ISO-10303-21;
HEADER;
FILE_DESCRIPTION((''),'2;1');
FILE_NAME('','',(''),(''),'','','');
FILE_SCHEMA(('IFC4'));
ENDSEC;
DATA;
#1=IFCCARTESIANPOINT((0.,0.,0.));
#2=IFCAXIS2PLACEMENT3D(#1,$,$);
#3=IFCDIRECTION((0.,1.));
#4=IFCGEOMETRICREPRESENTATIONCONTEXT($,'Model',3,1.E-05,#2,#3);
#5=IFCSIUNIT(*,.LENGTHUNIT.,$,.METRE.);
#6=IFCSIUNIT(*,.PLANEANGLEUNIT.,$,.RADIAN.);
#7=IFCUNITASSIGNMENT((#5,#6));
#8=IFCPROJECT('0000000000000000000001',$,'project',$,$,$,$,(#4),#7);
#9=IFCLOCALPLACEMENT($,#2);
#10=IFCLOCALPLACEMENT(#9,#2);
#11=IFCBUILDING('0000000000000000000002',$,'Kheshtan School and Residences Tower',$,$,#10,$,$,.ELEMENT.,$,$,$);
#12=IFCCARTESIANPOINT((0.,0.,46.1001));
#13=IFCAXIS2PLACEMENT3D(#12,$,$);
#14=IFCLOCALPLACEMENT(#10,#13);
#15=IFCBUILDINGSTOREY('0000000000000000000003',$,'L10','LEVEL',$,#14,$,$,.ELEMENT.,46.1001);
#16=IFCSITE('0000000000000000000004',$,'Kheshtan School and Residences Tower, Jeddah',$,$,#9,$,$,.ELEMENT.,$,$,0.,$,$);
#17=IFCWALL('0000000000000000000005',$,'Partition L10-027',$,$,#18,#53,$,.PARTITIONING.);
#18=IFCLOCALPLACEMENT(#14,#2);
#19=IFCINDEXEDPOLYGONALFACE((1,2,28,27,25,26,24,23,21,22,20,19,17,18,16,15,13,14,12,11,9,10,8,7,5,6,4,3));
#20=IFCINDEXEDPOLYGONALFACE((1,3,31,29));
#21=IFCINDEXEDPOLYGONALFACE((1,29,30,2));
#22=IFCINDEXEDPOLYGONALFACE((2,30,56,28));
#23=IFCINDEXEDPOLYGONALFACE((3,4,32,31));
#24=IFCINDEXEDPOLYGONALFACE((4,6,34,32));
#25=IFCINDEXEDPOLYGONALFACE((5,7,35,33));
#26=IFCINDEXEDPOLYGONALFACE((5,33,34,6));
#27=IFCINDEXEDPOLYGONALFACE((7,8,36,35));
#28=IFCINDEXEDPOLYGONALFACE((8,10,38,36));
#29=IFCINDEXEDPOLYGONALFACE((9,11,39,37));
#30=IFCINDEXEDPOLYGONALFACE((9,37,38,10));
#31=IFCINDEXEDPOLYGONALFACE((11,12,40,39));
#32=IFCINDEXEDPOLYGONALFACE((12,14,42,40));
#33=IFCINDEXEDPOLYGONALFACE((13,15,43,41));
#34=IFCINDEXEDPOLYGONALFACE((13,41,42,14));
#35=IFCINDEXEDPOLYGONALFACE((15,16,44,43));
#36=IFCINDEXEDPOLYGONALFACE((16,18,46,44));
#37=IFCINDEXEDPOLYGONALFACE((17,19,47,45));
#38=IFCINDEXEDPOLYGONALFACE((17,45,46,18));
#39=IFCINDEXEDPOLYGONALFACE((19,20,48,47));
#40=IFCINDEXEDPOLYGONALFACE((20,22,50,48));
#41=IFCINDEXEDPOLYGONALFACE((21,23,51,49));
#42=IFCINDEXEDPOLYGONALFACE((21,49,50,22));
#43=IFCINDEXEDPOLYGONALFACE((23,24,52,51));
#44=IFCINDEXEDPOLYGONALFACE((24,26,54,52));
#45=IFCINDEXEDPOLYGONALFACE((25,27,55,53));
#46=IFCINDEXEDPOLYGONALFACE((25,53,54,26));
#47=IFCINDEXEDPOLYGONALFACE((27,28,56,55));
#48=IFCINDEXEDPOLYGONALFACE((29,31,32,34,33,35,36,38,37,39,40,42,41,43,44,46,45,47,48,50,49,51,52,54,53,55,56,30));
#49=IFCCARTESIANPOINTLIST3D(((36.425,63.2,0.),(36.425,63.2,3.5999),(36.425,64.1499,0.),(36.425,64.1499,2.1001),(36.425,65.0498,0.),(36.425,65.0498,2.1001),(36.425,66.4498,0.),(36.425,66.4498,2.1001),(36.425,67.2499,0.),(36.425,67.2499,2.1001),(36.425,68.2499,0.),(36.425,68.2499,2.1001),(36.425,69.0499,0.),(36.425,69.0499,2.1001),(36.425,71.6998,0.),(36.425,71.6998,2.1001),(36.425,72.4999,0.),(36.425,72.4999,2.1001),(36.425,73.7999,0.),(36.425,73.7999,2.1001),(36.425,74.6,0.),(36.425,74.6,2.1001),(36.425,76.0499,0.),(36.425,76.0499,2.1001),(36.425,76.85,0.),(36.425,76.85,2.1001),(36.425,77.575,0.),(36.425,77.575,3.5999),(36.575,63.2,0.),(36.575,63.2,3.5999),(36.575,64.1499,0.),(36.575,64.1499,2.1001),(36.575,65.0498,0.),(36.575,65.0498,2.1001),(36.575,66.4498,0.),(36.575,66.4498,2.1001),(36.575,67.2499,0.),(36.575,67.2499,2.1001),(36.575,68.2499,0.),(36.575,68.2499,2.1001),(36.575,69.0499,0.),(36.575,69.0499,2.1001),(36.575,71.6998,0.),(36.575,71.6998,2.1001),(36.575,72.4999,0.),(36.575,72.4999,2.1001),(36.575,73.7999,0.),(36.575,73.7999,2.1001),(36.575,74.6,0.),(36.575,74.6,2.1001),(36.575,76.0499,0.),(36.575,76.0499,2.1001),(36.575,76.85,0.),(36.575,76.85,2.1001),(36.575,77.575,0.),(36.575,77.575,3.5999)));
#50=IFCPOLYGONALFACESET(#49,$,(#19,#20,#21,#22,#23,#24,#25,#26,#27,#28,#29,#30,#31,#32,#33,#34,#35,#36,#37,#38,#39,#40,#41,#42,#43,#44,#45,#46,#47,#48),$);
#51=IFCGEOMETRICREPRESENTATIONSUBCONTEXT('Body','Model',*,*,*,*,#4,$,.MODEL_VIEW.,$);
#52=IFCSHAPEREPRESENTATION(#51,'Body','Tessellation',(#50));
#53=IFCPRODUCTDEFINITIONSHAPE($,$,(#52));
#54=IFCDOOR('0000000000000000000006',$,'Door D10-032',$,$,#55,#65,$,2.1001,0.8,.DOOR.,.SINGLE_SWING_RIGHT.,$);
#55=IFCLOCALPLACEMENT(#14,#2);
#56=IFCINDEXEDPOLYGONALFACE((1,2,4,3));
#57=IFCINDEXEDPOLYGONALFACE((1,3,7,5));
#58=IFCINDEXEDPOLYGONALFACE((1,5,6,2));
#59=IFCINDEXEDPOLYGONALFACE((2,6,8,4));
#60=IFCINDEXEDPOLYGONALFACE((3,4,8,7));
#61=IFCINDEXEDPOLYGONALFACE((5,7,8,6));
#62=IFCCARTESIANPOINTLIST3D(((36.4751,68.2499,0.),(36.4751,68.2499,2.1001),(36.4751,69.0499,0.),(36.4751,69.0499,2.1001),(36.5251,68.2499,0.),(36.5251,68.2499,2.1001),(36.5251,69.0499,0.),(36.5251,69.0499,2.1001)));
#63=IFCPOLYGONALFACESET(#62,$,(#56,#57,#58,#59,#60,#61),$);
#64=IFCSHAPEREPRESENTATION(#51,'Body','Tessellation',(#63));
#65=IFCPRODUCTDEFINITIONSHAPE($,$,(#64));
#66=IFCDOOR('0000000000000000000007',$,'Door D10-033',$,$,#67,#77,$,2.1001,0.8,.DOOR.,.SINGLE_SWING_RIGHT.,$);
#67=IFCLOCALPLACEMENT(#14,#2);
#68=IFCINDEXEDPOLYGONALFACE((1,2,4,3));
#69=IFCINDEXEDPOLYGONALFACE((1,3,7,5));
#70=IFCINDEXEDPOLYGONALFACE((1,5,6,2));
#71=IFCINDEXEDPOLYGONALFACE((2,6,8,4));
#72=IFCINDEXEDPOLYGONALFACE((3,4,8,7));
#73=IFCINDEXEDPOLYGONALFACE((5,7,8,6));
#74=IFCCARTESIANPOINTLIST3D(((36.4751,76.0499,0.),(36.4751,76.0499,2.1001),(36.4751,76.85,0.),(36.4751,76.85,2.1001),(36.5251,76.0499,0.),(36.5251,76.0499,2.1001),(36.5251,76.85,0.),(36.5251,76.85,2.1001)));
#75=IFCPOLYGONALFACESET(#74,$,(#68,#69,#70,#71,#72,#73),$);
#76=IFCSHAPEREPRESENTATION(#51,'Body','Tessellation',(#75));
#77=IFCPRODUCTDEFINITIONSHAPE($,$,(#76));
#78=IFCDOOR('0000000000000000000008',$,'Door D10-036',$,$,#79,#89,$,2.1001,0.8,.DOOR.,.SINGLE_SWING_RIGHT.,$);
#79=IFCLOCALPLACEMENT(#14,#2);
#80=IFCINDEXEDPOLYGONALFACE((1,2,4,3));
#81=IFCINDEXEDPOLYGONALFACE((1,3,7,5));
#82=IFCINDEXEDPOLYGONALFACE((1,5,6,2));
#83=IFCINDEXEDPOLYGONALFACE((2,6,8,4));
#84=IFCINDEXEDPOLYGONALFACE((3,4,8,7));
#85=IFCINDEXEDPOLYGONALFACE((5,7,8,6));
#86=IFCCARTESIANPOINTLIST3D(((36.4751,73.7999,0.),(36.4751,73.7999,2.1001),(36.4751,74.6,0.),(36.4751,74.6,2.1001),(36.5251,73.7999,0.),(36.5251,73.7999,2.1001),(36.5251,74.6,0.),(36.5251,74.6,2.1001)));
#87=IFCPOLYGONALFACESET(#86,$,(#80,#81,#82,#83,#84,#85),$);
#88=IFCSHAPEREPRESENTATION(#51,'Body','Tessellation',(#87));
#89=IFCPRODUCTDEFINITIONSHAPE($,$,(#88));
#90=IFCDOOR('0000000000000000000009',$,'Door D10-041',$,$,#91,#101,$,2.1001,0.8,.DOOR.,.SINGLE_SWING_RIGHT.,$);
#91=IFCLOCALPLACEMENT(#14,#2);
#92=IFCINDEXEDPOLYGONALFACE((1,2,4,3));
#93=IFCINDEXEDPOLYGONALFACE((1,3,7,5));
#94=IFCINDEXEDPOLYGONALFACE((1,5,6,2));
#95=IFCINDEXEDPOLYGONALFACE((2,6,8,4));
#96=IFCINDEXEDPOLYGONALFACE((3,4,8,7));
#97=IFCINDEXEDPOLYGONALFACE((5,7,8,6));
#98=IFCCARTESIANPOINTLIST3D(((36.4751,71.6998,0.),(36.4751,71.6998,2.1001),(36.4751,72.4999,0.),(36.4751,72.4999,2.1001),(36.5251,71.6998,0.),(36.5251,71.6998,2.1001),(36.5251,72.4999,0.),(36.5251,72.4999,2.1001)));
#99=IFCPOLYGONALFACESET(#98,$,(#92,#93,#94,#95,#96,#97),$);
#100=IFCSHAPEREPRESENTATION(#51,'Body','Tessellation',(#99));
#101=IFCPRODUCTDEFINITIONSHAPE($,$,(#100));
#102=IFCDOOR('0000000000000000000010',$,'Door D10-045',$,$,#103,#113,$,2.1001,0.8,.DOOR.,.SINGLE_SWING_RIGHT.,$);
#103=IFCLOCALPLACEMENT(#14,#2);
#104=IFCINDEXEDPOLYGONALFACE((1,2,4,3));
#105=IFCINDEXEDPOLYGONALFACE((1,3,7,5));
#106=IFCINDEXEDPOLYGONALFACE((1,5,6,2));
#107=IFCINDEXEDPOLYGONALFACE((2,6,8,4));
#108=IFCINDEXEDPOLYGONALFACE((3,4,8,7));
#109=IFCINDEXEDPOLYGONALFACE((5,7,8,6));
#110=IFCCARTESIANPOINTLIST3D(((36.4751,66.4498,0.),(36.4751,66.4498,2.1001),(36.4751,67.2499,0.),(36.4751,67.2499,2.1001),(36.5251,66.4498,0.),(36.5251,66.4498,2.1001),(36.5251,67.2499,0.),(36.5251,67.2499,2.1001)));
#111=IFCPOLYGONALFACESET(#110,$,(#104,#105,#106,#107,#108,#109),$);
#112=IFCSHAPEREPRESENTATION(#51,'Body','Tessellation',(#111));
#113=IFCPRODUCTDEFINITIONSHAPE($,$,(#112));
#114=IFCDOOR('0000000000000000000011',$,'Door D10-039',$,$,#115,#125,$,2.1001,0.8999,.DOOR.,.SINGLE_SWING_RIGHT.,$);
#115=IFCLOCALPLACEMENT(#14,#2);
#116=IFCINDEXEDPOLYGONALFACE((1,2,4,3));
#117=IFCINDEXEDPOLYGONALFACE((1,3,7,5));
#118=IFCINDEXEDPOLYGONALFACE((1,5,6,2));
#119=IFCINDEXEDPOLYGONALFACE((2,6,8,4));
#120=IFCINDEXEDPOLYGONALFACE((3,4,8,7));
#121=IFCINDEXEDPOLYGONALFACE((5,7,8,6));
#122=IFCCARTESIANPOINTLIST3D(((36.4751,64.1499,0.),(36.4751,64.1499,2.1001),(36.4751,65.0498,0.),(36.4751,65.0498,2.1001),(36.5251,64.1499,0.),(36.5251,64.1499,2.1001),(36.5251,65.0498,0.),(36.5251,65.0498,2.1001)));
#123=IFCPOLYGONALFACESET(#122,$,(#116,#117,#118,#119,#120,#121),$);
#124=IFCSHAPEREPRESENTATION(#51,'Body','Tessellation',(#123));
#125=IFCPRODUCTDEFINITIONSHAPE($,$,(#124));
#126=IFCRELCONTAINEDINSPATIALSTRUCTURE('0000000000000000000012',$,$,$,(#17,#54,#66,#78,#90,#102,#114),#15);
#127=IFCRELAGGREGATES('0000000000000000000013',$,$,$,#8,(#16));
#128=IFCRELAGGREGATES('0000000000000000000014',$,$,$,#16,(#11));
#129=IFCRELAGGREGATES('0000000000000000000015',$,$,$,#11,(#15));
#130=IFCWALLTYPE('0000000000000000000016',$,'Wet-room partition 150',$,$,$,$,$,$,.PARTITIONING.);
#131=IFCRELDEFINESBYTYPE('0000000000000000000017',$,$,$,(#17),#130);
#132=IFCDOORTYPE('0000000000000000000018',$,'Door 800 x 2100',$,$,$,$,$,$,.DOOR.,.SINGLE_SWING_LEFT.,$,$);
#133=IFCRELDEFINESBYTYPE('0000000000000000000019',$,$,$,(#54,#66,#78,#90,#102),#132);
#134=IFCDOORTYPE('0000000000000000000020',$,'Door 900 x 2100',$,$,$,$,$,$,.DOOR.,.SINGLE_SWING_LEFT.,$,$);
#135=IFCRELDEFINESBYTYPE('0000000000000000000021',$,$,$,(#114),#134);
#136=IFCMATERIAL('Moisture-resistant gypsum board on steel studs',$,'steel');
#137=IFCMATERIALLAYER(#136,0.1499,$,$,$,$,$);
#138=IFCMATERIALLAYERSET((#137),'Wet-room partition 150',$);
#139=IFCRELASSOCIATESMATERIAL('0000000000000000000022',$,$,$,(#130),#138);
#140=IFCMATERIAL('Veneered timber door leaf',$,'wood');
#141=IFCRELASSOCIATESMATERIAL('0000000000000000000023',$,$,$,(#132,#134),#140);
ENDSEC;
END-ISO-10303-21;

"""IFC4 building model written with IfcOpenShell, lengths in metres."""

from ifc_helpers import new_model, si_unit, direction, frame, frame_2d, origin, place, context, subcontext, project, spatial, rectangle, extrude, source, transform, mapped, material, layer, layer_set, type_object, element, fill, save


model = new_model("IFC4")

# Units and contexts
model_context = context("Model", 3, precision=1e-05, world=origin(), true_north=direction((0.0, 1.0)))
body_context = subcontext(model_context, "Body", "Model", "MODEL_VIEW")
ifc_project = project(units=[si_unit("LENGTHUNIT", "METRE"), si_unit("PLANEANGLEUNIT", "RADIAN")], contexts=[model_context])

# Site, building, storey
site_placement = place(None, origin())
site = spatial("IfcSite", under=ifc_project, at=site_placement, Name="Kheshtan School and Residences Tower, Jeddah", CompositionType="ELEMENT", RefElevation=0.0)
building_placement = place(site_placement, origin())
building = spatial("IfcBuilding", under=site, at=building_placement, Name="Kheshtan School and Residences Tower", CompositionType="ELEMENT")
storey_placement = place(building_placement, frame((0.0, 0.0, 46.1001)))
storey = spatial("IfcBuildingStorey", under=building, at=storey_placement, Name="L10", Description="LEVEL", CompositionType="ELEMENT", Elevation=46.1001)

# Shared definitions
ifc_material_1 = material(Name="Moisture-resistant gypsum board on steel studs", Category="steel")
ifc_layer_1 = layer(ifc_material_1, 0.1499)
ifc_layer_set_1 = layer_set([ifc_layer_1], Name="Wet-room partition 150")
wall_type_1 = type_object("IfcWallType", Name="Wet-room partition 150", PredefinedType="PARTITIONING", material=ifc_layer_set_1)

# Wall, openings, doors
ifc_material_2 = material(Name="Veneered timber door leaf", Category="wood")
door_type_1 = type_object("IfcDoorType", Name="Door 800 x 2100", OperationType="SINGLE_SWING_LEFT", PredefinedType="DOOR", material=ifc_material_2)
shared_shape_1 = source(origin(), body_context, "Body", "SweptSolid", [
    extrude(rectangle(XDim=0.8, YDim=2.1001, at=frame_2d((0.3999, 1.05))), frame((0.0, 0.0249, 0.0), z_axis=(0.0, -1.0, 0.0), x_axis=(1.0, 0.0, 0.0)), (0.0, 0.0, 1.0), 0.05),
])
door_type_2 = type_object("IfcDoorType", Name="Door 900 x 2100", OperationType="SINGLE_SWING_LEFT", PredefinedType="DOOR", material=ifc_material_2)
shared_shape_2 = source(origin(), body_context, "Body", "SweptSolid", [
    extrude(rectangle(XDim=0.8999, YDim=2.1001, at=frame_2d((0.45, 1.05))), frame((0.0, 0.0249, 0.0), z_axis=(0.0, -1.0, 0.0), x_axis=(1.0, 0.0, 0.0)), (0.0, 0.0, 1.0), 0.05),
])
wall_1_placement = place(storey_placement, frame((36.5, 63.2, 0.0), z_axis=(0.0, 0.0, 1.0), x_axis=(0.0, 1.0, 0.0)))
wall_1 = element("IfcWall", 1, at=wall_1_placement, inside=storey, type_object=wall_type_1, Name="Partition L10-027", PredefinedType="PARTITIONING", context=body_context, shape_type="SweptSolid", body=[
    extrude(rectangle(XDim=14.375, YDim=0.1499, at=frame_2d((7.1875, 0.0))), origin(), (0.0, 0.0, 1.0), 3.5999),
])
opening_1_placement = place(wall_1_placement, frame((5.05, 0.0, 0.0)))
opening_1 = element("IfcOpeningElement", 2, at=opening_1_placement, cuts=wall_1, PredefinedType="OPENING", context=body_context, shape_type="SweptSolid", body=[
    extrude(rectangle(XDim=0.8, YDim=2.1001, at=frame_2d((0.3999, 1.05))), frame((0.0, 0.085, 0.0), z_axis=(0.0, -1.0, 0.0), x_axis=(1.0, 0.0, 0.0)), (0.0, 0.0, 1.0), 0.1699),
])
opening_2_placement = place(wall_1_placement, frame((12.8501, 0.0, 0.0)))
opening_2 = element("IfcOpeningElement", 3, at=opening_2_placement, cuts=wall_1, PredefinedType="OPENING", context=body_context, shape_type="SweptSolid", body=[
    extrude(rectangle(XDim=0.8, YDim=2.1001, at=frame_2d((0.3999, 1.05))), frame((0.0, 0.085, 0.0), z_axis=(0.0, -1.0, 0.0), x_axis=(1.0, 0.0, 0.0)), (0.0, 0.0, 1.0), 0.1699),
])
opening_3_placement = place(wall_1_placement, frame((10.6001, 0.0, 0.0)))
opening_3 = element("IfcOpeningElement", 4, at=opening_3_placement, cuts=wall_1, PredefinedType="OPENING", context=body_context, shape_type="SweptSolid", body=[
    extrude(rectangle(XDim=0.8, YDim=2.1001, at=frame_2d((0.3999, 1.05))), frame((0.0, 0.085, 0.0), z_axis=(0.0, -1.0, 0.0), x_axis=(1.0, 0.0, 0.0)), (0.0, 0.0, 1.0), 0.1699),
])
opening_4_placement = place(wall_1_placement, frame((0.95, 0.0, 0.0)))
opening_4 = element("IfcOpeningElement", 5, at=opening_4_placement, cuts=wall_1, PredefinedType="OPENING", context=body_context, shape_type="SweptSolid", body=[
    extrude(rectangle(XDim=0.8999, YDim=2.1001, at=frame_2d((0.45, 1.05))), frame((0.0, 0.085, 0.0), z_axis=(0.0, -1.0, 0.0), x_axis=(1.0, 0.0, 0.0)), (0.0, 0.0, 1.0), 0.1699),
])
opening_5_placement = place(wall_1_placement, frame((8.5, 0.0, 0.0)))
opening_5 = element("IfcOpeningElement", 6, at=opening_5_placement, cuts=wall_1, PredefinedType="OPENING", context=body_context, shape_type="SweptSolid", body=[
    extrude(rectangle(XDim=0.8, YDim=2.1001, at=frame_2d((0.3999, 1.05))), frame((0.0, 0.085, 0.0), z_axis=(0.0, -1.0, 0.0), x_axis=(1.0, 0.0, 0.0)), (0.0, 0.0, 1.0), 0.1699),
])
opening_6_placement = place(wall_1_placement, frame((3.25, 0.0, 0.0)))
opening_6 = element("IfcOpeningElement", 7, at=opening_6_placement, cuts=wall_1, PredefinedType="OPENING", context=body_context, shape_type="SweptSolid", body=[
    extrude(rectangle(XDim=0.8, YDim=2.1001, at=frame_2d((0.3999, 1.05))), frame((0.0, 0.085, 0.0), z_axis=(0.0, -1.0, 0.0), x_axis=(1.0, 0.0, 0.0)), (0.0, 0.0, 1.0), 0.1699),
])
door_1_placement = place(opening_1_placement, origin())
door_1 = element("IfcDoor", 8, at=door_1_placement, inside=storey, type_object=door_type_1, Name="Door D10-032", OperationType="SINGLE_SWING_RIGHT", OverallHeight=2.1001, OverallWidth=0.8, PredefinedType="DOOR", context=body_context, shape_type="MappedRepresentation", body=[
    mapped(shared_shape_1, transform((0.0, 0.0, 0.0), x_axis=(1.0, 0.0, 0.0), y_axis=(0.0, 1.0, 0.0), z_axis=(0.0, 0.0, 1.0), scale=1.0)),
])
fill(opening_1, door_1)
door_2_placement = place(opening_2_placement, origin())
door_2 = element("IfcDoor", 9, at=door_2_placement, inside=storey, type_object=door_type_1, Name="Door D10-033", OperationType="SINGLE_SWING_RIGHT", OverallHeight=2.1001, OverallWidth=0.8, PredefinedType="DOOR", context=body_context, shape_type="MappedRepresentation", body=[
    mapped(shared_shape_1, transform((0.0, 0.0, 0.0), x_axis=(1.0, 0.0, 0.0), y_axis=(0.0, 1.0, 0.0), z_axis=(0.0, 0.0, 1.0), scale=1.0)),
])
fill(opening_2, door_2)
door_3_placement = place(opening_3_placement, origin())
door_3 = element("IfcDoor", 10, at=door_3_placement, inside=storey, type_object=door_type_1, Name="Door D10-036", OperationType="SINGLE_SWING_RIGHT", OverallHeight=2.1001, OverallWidth=0.8, PredefinedType="DOOR", context=body_context, shape_type="MappedRepresentation", body=[
    mapped(shared_shape_1, transform((0.0, 0.0, 0.0), x_axis=(1.0, 0.0, 0.0), y_axis=(0.0, 1.0, 0.0), z_axis=(0.0, 0.0, 1.0), scale=1.0)),
])
fill(opening_3, door_3)
door_4_placement = place(opening_5_placement, origin())
door_4 = element("IfcDoor", 11, at=door_4_placement, inside=storey, type_object=door_type_1, Name="Door D10-041", OperationType="SINGLE_SWING_RIGHT", OverallHeight=2.1001, OverallWidth=0.8, PredefinedType="DOOR", context=body_context, shape_type="MappedRepresentation", body=[
    mapped(shared_shape_1, transform((0.0, 0.0, 0.0), x_axis=(1.0, 0.0, 0.0), y_axis=(0.0, 1.0, 0.0), z_axis=(0.0, 0.0, 1.0), scale=1.0)),
])
fill(opening_5, door_4)
door_5_placement = place(opening_6_placement, origin())
door_5 = element("IfcDoor", 12, at=door_5_placement, inside=storey, type_object=door_type_1, Name="Door D10-045", OperationType="SINGLE_SWING_RIGHT", OverallHeight=2.1001, OverallWidth=0.8, PredefinedType="DOOR", context=body_context, shape_type="MappedRepresentation", body=[
    mapped(shared_shape_1, transform((0.0, 0.0, 0.0), x_axis=(1.0, 0.0, 0.0), y_axis=(0.0, 1.0, 0.0), z_axis=(0.0, 0.0, 1.0), scale=1.0)),
])
fill(opening_6, door_5)
door_6_placement = place(opening_4_placement, origin())
door_6 = element("IfcDoor", 13, at=door_6_placement, inside=storey, type_object=door_type_2, Name="Door D10-039", OperationType="SINGLE_SWING_RIGHT", OverallHeight=2.1001, OverallWidth=0.8999, PredefinedType="DOOR", context=body_context, shape_type="MappedRepresentation", body=[
    mapped(shared_shape_2, transform((0.0, 0.0, 0.0), x_axis=(1.0, 0.0, 0.0), y_axis=(0.0, 1.0, 0.0), z_axis=(0.0, 0.0, 1.0), scale=1.0)),
])
fill(opening_4, door_6)

save(model, "model.ifc")
